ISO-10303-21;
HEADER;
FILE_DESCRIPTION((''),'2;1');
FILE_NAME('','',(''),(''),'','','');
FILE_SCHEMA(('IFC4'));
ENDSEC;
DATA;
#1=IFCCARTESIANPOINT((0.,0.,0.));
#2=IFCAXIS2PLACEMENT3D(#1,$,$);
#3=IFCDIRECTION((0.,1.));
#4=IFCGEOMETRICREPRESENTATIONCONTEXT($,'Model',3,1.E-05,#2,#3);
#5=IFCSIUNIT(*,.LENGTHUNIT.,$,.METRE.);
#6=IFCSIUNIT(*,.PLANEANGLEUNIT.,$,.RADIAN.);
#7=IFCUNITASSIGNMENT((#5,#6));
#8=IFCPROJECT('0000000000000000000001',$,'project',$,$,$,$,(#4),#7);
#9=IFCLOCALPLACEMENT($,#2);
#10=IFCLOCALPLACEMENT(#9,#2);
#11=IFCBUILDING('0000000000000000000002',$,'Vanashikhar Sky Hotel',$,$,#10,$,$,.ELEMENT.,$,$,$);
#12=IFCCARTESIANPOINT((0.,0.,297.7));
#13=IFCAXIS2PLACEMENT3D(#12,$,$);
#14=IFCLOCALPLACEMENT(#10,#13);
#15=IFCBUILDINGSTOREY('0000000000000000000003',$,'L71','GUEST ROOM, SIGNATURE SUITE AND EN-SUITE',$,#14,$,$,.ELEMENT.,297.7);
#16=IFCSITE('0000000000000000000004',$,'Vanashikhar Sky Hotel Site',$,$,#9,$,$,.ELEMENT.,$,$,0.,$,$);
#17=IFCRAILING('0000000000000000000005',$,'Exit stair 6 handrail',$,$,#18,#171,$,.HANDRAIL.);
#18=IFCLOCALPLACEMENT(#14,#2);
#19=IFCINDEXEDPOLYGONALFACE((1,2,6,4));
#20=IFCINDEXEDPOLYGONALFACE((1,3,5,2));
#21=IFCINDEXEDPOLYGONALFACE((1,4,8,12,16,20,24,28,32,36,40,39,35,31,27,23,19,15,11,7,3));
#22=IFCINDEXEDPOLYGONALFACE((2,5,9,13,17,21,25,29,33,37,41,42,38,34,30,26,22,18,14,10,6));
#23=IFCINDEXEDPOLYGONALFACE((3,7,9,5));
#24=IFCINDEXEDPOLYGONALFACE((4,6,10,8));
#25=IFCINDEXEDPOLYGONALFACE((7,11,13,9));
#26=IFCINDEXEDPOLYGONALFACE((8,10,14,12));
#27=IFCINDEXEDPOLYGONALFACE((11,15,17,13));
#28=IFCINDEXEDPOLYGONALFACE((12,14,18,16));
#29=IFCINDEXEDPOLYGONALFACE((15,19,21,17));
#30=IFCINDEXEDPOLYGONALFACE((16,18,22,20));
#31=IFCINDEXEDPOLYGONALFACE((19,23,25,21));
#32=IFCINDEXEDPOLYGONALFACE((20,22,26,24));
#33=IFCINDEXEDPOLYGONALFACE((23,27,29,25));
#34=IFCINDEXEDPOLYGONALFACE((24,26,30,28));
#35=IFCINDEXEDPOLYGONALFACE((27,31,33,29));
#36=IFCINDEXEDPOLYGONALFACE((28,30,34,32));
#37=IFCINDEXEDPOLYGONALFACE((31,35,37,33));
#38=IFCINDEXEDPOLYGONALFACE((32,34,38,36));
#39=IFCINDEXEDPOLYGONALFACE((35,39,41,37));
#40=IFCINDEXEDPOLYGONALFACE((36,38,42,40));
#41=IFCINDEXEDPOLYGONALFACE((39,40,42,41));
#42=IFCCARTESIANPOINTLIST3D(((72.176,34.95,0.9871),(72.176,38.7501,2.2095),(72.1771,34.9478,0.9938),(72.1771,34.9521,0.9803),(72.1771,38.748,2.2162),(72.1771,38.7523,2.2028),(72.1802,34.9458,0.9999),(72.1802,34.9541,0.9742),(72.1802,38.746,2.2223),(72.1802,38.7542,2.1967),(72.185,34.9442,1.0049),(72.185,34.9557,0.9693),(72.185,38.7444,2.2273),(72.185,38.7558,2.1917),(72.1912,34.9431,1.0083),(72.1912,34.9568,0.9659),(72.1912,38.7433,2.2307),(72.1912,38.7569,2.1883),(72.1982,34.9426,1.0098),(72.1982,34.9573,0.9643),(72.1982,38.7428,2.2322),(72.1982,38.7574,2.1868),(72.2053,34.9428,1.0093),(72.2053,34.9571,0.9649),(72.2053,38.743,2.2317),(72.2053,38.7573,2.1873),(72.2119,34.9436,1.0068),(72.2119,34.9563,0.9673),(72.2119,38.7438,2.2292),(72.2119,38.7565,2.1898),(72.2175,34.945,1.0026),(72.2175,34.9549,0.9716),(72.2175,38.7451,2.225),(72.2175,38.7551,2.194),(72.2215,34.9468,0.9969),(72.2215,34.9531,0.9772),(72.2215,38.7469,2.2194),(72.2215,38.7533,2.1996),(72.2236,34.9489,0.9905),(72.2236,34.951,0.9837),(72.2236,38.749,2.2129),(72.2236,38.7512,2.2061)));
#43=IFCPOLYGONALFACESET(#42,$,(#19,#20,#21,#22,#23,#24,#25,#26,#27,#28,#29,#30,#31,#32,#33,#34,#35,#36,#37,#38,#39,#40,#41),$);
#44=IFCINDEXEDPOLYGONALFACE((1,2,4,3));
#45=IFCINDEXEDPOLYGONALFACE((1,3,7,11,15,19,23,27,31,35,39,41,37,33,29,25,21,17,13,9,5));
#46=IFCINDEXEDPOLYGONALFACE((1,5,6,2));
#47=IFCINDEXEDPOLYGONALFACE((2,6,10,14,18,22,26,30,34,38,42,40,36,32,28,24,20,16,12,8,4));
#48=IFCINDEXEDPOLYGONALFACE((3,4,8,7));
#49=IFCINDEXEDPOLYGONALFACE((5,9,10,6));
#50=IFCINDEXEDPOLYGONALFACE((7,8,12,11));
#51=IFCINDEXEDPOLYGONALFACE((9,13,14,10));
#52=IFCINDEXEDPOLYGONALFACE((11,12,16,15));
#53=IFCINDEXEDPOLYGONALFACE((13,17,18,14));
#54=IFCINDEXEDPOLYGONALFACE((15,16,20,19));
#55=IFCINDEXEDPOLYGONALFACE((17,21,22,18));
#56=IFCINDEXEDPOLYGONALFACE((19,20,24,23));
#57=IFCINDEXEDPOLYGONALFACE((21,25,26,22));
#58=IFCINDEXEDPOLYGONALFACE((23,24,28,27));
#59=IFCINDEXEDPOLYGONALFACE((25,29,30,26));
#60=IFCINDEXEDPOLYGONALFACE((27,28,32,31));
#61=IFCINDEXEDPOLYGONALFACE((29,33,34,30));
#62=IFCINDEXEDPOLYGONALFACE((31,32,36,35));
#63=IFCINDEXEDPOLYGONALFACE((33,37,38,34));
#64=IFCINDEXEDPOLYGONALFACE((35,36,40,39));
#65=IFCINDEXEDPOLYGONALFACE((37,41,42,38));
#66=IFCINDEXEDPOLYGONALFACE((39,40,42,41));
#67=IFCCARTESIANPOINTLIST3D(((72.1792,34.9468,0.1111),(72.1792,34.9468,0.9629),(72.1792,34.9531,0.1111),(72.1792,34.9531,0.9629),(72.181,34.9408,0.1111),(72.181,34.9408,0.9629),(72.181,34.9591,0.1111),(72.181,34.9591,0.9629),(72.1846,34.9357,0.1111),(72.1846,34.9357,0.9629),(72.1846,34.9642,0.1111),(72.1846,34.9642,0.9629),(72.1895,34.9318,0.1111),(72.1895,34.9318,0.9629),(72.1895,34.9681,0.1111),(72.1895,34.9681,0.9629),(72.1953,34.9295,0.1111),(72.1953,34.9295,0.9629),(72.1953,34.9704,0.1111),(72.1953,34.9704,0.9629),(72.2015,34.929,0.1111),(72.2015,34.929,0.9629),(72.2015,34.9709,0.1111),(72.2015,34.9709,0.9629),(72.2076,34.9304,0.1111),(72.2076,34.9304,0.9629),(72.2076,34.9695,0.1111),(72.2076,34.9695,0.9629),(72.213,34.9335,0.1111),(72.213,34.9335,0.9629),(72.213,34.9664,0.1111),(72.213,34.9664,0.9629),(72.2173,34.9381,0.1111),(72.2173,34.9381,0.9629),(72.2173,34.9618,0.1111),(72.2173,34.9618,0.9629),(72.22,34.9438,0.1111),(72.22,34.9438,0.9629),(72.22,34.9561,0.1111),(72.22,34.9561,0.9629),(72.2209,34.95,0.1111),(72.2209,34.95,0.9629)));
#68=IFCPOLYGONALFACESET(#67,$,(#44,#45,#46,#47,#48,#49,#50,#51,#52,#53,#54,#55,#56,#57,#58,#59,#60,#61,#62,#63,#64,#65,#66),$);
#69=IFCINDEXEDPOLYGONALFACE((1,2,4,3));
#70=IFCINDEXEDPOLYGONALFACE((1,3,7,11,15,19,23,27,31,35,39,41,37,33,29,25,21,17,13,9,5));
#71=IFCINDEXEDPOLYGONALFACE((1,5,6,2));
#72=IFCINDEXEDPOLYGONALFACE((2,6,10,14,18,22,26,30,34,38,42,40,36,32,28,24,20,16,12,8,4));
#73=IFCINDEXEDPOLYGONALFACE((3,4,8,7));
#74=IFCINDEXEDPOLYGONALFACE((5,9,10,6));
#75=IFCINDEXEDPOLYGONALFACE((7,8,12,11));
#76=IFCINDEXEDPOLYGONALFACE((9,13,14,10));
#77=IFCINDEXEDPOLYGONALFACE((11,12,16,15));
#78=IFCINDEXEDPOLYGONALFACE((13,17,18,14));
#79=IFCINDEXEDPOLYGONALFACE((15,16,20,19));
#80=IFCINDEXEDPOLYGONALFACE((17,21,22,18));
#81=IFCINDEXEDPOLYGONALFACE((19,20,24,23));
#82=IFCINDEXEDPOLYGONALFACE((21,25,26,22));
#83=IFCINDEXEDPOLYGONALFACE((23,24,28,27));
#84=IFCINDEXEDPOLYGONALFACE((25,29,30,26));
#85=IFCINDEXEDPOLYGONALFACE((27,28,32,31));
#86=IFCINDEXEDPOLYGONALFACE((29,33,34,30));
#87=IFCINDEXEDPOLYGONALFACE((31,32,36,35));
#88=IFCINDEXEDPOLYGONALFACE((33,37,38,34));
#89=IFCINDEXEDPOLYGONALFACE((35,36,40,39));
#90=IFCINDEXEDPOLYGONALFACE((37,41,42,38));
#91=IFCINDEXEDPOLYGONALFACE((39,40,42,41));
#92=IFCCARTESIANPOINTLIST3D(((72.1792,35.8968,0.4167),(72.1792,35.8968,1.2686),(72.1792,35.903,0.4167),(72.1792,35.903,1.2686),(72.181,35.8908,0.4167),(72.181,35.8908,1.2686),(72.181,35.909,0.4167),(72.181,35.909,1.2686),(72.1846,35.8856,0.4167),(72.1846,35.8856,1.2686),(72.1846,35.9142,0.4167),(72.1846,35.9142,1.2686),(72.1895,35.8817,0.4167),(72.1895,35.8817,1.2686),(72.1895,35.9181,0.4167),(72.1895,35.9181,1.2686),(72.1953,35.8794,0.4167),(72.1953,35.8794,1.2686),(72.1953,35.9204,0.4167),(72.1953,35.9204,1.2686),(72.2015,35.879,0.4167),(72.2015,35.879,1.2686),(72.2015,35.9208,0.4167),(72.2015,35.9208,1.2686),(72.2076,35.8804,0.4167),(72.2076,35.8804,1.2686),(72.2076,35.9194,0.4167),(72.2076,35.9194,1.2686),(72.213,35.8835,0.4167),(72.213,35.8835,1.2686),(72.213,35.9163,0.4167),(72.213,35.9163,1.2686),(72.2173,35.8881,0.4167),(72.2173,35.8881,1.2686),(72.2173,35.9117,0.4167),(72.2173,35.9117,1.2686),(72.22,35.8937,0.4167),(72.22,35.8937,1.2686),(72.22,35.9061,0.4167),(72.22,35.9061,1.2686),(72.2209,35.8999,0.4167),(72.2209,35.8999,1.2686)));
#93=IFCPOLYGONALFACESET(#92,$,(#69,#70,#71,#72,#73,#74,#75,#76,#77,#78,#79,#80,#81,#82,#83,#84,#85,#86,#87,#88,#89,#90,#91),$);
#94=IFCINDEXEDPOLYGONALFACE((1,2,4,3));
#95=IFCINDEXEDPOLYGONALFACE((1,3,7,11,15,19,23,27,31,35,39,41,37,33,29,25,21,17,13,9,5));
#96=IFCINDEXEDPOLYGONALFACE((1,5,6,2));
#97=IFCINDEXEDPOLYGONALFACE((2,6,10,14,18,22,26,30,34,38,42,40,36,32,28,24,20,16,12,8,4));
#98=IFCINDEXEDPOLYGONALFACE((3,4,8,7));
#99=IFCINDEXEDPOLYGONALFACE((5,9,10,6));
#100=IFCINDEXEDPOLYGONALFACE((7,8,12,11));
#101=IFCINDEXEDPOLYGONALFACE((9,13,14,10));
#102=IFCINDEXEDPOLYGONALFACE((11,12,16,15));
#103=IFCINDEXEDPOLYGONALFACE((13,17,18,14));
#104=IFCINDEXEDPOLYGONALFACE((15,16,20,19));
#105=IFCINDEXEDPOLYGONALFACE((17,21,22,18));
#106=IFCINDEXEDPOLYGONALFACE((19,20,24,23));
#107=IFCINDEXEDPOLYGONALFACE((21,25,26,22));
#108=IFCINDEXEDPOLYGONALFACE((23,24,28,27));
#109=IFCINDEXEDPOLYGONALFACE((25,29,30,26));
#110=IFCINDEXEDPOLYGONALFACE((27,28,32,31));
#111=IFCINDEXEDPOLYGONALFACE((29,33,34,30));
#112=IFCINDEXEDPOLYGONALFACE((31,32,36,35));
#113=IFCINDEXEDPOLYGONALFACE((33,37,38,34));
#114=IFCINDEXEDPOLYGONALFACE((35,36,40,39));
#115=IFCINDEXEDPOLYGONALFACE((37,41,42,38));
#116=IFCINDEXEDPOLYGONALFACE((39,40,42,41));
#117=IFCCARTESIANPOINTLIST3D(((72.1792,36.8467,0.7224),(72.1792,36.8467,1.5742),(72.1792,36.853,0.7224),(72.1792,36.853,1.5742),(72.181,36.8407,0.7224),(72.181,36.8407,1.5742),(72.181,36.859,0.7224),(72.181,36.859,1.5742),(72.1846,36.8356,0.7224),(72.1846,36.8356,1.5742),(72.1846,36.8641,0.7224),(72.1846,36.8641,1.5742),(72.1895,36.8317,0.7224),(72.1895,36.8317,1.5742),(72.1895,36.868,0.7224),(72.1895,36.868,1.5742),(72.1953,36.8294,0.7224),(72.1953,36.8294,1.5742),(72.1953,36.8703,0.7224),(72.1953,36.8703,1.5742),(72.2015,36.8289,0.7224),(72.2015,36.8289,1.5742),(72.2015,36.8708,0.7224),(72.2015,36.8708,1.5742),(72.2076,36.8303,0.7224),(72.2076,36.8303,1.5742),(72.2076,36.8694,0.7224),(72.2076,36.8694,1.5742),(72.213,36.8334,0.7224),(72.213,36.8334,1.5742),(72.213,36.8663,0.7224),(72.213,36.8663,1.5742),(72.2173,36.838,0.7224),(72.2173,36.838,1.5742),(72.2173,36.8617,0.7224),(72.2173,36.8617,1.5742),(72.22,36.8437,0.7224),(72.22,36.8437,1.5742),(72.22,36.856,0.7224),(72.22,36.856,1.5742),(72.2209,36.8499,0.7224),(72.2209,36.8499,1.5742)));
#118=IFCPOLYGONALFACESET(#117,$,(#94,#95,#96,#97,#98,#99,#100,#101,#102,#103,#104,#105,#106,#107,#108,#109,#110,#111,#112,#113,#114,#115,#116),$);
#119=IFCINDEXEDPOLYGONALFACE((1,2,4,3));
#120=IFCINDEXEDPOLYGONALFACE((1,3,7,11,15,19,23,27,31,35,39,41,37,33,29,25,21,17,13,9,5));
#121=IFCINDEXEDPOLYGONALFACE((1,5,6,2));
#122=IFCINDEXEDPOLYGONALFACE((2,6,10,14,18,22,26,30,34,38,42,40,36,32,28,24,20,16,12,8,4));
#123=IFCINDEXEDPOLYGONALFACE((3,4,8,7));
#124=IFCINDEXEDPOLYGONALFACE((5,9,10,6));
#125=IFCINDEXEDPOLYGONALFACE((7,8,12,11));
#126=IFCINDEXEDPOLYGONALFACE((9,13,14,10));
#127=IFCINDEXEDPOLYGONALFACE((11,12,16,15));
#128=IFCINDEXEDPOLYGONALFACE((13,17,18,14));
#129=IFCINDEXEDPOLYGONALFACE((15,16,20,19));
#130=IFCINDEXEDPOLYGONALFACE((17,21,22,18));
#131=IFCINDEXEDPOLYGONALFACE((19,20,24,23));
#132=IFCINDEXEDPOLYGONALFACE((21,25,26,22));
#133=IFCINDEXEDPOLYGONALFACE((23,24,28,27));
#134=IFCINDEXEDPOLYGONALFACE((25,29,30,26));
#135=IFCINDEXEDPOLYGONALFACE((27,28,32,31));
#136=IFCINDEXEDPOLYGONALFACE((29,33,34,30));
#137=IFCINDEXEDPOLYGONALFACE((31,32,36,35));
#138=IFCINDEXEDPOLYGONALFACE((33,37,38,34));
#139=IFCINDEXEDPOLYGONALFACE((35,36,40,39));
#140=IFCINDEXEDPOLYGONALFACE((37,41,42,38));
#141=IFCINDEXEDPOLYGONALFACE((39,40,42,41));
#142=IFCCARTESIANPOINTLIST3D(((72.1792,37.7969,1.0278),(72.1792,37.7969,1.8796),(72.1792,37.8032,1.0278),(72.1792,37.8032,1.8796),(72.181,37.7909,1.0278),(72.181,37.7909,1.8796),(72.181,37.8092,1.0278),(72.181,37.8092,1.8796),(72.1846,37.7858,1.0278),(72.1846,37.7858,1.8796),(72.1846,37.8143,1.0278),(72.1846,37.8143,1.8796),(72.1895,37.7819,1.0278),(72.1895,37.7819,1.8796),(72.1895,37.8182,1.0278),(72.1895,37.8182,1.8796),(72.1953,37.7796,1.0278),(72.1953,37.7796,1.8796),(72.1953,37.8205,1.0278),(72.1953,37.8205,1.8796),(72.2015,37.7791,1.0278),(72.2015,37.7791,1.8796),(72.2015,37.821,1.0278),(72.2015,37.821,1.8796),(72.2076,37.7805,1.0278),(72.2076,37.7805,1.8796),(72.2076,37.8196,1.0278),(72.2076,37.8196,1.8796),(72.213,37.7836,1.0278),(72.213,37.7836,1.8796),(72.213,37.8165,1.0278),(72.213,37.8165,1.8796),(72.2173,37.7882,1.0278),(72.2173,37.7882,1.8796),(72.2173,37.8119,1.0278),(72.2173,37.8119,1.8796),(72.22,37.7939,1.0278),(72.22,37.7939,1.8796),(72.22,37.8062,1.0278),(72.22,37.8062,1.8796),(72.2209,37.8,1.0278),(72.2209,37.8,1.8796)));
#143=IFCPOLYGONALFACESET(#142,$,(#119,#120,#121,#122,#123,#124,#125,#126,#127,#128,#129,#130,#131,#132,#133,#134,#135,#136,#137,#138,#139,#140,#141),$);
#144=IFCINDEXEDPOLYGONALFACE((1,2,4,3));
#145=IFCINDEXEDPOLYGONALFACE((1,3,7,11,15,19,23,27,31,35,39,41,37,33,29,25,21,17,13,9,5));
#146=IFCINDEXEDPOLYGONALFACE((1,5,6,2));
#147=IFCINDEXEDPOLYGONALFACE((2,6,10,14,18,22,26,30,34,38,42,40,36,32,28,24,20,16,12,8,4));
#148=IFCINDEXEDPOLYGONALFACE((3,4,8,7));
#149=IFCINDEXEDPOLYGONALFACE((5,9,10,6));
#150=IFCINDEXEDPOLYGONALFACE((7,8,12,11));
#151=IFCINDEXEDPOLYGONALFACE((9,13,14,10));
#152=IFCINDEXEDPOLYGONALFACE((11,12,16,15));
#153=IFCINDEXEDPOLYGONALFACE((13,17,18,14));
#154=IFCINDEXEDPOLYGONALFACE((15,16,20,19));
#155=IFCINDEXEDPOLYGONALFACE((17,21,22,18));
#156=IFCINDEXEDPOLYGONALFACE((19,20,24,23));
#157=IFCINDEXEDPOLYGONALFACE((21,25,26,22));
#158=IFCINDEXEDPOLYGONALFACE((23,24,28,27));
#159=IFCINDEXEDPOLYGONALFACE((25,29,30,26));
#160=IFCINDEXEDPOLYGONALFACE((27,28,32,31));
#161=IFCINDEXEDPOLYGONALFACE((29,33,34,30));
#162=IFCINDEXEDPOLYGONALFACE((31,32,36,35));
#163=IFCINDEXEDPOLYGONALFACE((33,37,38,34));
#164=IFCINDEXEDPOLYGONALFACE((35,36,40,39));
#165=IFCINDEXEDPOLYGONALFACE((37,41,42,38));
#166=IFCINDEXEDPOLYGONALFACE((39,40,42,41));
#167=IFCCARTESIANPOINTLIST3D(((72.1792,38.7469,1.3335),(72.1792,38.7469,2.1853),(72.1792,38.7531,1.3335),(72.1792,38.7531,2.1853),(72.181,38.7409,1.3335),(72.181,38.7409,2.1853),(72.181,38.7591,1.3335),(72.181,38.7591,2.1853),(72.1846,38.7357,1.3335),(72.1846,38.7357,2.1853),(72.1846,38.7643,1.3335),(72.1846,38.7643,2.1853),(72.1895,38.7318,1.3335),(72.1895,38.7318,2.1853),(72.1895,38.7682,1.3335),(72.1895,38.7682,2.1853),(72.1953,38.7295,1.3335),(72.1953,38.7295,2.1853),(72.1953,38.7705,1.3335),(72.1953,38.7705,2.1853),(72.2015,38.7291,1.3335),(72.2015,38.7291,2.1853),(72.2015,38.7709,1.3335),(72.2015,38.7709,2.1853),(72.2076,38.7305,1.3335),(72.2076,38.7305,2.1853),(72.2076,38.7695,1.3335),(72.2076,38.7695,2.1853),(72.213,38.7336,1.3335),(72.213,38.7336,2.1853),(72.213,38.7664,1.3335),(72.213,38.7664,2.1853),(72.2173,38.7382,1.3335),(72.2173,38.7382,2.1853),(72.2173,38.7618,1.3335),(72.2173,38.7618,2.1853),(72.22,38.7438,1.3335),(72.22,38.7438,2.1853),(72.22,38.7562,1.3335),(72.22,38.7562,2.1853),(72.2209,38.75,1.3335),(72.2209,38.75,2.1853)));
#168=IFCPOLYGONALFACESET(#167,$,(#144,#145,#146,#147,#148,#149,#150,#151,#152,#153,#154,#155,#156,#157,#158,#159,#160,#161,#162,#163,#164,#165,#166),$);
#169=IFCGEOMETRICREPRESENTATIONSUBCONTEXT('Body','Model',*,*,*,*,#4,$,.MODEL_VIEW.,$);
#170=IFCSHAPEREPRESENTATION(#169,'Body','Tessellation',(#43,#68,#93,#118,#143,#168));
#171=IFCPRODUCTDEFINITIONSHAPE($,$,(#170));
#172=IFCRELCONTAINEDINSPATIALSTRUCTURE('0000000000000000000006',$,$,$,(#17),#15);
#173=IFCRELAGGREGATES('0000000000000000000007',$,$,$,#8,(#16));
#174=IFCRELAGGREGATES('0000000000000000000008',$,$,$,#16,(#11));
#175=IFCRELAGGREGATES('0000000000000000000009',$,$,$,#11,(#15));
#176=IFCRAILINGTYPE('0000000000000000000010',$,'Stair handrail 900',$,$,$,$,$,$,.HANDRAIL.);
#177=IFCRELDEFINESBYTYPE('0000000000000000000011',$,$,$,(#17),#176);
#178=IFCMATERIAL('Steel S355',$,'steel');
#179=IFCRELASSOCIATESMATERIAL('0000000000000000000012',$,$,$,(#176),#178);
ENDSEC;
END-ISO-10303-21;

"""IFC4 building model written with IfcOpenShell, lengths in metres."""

from ifc_helpers import new_model, si_unit, direction, frame, origin, origin_2d, place, context, subcontext, project, spatial, circle, extrude, source, transform, mapped, material, type_object, element, save


model = new_model("IFC4")

# Units and contexts
model_context = context("Model", 3, precision=1e-05, world=origin(), true_north=direction((0.0, 1.0)))
body_context = subcontext(model_context, "Body", "Model", "MODEL_VIEW")
ifc_project = project(units=[si_unit("LENGTHUNIT", "METRE"), si_unit("PLANEANGLEUNIT", "RADIAN")], contexts=[model_context])

# Site, building, storey
site_placement = place(None, origin())
site = spatial("IfcSite", under=ifc_project, at=site_placement, Name="Vanashikhar Sky Hotel Site", CompositionType="ELEMENT", RefElevation=0.0)
building_placement = place(site_placement, origin())
building = spatial("IfcBuilding", under=site, at=building_placement, Name="Vanashikhar Sky Hotel", CompositionType="ELEMENT")
storey_placement = place(building_placement, frame((0.0, 0.0, 297.7)))
storey = spatial("IfcBuildingStorey", under=building, at=storey_placement, Name="L71", Description="GUEST ROOM, SIGNATURE SUITE AND EN-SUITE", CompositionType="ELEMENT", Elevation=297.7)

# Railing
ifc_material_1 = material(Name="Steel S355", Category="steel")
railing_type = type_object("IfcRailingType", Name="Stair handrail 900", PredefinedType="HANDRAIL", material=ifc_material_1)
shared_shape_1 = source(origin(), body_context, "Body", "SweptSolid", [
    extrude(circle(Radius=0.0239, at=origin_2d()), frame((0.0, 0.0, 0.876), z_axis=(0.0, 0.951958, 0.306229), x_axis=(-1.0, 0.0, 0.0)), (0.0, 0.0, 1.0), 3.9919),
    extrude(circle(Radius=0.021, at=origin_2d()), origin(), (0.0, 0.0, 1.0), 0.8518),
    extrude(circle(Radius=0.021, at=origin_2d()), frame((0.0, 0.95, 0.3057)), (0.0, 0.0, 1.0), 0.8518),
    extrude(circle(Radius=0.021, at=origin_2d()), frame((0.0, 1.8999, 0.6113)), (0.0, 0.0, 1.0), 0.8518),
    extrude(circle(Radius=0.021, at=origin_2d()), frame((0.0, 2.8501, 0.9167)), (0.0, 0.0, 1.0), 0.8518),
    extrude(circle(Radius=0.021, at=origin_2d()), frame((0.0, 3.8, 1.2224)), (0.0, 0.0, 1.0), 0.8518),
])
railing_1_placement = place(storey_placement, frame((72.2, 34.95, 0.1111)))
element("IfcRailing", 1, at=railing_1_placement, inside=storey, type_object=railing_type, Name="Exit stair 6 handrail", PredefinedType="HANDRAIL", context=body_context, shape_type="MappedRepresentation", body=[
    mapped(shared_shape_1, transform((0.0, 0.0, 0.0), scale=1.0)),
])

save(model, "model.ifc")
